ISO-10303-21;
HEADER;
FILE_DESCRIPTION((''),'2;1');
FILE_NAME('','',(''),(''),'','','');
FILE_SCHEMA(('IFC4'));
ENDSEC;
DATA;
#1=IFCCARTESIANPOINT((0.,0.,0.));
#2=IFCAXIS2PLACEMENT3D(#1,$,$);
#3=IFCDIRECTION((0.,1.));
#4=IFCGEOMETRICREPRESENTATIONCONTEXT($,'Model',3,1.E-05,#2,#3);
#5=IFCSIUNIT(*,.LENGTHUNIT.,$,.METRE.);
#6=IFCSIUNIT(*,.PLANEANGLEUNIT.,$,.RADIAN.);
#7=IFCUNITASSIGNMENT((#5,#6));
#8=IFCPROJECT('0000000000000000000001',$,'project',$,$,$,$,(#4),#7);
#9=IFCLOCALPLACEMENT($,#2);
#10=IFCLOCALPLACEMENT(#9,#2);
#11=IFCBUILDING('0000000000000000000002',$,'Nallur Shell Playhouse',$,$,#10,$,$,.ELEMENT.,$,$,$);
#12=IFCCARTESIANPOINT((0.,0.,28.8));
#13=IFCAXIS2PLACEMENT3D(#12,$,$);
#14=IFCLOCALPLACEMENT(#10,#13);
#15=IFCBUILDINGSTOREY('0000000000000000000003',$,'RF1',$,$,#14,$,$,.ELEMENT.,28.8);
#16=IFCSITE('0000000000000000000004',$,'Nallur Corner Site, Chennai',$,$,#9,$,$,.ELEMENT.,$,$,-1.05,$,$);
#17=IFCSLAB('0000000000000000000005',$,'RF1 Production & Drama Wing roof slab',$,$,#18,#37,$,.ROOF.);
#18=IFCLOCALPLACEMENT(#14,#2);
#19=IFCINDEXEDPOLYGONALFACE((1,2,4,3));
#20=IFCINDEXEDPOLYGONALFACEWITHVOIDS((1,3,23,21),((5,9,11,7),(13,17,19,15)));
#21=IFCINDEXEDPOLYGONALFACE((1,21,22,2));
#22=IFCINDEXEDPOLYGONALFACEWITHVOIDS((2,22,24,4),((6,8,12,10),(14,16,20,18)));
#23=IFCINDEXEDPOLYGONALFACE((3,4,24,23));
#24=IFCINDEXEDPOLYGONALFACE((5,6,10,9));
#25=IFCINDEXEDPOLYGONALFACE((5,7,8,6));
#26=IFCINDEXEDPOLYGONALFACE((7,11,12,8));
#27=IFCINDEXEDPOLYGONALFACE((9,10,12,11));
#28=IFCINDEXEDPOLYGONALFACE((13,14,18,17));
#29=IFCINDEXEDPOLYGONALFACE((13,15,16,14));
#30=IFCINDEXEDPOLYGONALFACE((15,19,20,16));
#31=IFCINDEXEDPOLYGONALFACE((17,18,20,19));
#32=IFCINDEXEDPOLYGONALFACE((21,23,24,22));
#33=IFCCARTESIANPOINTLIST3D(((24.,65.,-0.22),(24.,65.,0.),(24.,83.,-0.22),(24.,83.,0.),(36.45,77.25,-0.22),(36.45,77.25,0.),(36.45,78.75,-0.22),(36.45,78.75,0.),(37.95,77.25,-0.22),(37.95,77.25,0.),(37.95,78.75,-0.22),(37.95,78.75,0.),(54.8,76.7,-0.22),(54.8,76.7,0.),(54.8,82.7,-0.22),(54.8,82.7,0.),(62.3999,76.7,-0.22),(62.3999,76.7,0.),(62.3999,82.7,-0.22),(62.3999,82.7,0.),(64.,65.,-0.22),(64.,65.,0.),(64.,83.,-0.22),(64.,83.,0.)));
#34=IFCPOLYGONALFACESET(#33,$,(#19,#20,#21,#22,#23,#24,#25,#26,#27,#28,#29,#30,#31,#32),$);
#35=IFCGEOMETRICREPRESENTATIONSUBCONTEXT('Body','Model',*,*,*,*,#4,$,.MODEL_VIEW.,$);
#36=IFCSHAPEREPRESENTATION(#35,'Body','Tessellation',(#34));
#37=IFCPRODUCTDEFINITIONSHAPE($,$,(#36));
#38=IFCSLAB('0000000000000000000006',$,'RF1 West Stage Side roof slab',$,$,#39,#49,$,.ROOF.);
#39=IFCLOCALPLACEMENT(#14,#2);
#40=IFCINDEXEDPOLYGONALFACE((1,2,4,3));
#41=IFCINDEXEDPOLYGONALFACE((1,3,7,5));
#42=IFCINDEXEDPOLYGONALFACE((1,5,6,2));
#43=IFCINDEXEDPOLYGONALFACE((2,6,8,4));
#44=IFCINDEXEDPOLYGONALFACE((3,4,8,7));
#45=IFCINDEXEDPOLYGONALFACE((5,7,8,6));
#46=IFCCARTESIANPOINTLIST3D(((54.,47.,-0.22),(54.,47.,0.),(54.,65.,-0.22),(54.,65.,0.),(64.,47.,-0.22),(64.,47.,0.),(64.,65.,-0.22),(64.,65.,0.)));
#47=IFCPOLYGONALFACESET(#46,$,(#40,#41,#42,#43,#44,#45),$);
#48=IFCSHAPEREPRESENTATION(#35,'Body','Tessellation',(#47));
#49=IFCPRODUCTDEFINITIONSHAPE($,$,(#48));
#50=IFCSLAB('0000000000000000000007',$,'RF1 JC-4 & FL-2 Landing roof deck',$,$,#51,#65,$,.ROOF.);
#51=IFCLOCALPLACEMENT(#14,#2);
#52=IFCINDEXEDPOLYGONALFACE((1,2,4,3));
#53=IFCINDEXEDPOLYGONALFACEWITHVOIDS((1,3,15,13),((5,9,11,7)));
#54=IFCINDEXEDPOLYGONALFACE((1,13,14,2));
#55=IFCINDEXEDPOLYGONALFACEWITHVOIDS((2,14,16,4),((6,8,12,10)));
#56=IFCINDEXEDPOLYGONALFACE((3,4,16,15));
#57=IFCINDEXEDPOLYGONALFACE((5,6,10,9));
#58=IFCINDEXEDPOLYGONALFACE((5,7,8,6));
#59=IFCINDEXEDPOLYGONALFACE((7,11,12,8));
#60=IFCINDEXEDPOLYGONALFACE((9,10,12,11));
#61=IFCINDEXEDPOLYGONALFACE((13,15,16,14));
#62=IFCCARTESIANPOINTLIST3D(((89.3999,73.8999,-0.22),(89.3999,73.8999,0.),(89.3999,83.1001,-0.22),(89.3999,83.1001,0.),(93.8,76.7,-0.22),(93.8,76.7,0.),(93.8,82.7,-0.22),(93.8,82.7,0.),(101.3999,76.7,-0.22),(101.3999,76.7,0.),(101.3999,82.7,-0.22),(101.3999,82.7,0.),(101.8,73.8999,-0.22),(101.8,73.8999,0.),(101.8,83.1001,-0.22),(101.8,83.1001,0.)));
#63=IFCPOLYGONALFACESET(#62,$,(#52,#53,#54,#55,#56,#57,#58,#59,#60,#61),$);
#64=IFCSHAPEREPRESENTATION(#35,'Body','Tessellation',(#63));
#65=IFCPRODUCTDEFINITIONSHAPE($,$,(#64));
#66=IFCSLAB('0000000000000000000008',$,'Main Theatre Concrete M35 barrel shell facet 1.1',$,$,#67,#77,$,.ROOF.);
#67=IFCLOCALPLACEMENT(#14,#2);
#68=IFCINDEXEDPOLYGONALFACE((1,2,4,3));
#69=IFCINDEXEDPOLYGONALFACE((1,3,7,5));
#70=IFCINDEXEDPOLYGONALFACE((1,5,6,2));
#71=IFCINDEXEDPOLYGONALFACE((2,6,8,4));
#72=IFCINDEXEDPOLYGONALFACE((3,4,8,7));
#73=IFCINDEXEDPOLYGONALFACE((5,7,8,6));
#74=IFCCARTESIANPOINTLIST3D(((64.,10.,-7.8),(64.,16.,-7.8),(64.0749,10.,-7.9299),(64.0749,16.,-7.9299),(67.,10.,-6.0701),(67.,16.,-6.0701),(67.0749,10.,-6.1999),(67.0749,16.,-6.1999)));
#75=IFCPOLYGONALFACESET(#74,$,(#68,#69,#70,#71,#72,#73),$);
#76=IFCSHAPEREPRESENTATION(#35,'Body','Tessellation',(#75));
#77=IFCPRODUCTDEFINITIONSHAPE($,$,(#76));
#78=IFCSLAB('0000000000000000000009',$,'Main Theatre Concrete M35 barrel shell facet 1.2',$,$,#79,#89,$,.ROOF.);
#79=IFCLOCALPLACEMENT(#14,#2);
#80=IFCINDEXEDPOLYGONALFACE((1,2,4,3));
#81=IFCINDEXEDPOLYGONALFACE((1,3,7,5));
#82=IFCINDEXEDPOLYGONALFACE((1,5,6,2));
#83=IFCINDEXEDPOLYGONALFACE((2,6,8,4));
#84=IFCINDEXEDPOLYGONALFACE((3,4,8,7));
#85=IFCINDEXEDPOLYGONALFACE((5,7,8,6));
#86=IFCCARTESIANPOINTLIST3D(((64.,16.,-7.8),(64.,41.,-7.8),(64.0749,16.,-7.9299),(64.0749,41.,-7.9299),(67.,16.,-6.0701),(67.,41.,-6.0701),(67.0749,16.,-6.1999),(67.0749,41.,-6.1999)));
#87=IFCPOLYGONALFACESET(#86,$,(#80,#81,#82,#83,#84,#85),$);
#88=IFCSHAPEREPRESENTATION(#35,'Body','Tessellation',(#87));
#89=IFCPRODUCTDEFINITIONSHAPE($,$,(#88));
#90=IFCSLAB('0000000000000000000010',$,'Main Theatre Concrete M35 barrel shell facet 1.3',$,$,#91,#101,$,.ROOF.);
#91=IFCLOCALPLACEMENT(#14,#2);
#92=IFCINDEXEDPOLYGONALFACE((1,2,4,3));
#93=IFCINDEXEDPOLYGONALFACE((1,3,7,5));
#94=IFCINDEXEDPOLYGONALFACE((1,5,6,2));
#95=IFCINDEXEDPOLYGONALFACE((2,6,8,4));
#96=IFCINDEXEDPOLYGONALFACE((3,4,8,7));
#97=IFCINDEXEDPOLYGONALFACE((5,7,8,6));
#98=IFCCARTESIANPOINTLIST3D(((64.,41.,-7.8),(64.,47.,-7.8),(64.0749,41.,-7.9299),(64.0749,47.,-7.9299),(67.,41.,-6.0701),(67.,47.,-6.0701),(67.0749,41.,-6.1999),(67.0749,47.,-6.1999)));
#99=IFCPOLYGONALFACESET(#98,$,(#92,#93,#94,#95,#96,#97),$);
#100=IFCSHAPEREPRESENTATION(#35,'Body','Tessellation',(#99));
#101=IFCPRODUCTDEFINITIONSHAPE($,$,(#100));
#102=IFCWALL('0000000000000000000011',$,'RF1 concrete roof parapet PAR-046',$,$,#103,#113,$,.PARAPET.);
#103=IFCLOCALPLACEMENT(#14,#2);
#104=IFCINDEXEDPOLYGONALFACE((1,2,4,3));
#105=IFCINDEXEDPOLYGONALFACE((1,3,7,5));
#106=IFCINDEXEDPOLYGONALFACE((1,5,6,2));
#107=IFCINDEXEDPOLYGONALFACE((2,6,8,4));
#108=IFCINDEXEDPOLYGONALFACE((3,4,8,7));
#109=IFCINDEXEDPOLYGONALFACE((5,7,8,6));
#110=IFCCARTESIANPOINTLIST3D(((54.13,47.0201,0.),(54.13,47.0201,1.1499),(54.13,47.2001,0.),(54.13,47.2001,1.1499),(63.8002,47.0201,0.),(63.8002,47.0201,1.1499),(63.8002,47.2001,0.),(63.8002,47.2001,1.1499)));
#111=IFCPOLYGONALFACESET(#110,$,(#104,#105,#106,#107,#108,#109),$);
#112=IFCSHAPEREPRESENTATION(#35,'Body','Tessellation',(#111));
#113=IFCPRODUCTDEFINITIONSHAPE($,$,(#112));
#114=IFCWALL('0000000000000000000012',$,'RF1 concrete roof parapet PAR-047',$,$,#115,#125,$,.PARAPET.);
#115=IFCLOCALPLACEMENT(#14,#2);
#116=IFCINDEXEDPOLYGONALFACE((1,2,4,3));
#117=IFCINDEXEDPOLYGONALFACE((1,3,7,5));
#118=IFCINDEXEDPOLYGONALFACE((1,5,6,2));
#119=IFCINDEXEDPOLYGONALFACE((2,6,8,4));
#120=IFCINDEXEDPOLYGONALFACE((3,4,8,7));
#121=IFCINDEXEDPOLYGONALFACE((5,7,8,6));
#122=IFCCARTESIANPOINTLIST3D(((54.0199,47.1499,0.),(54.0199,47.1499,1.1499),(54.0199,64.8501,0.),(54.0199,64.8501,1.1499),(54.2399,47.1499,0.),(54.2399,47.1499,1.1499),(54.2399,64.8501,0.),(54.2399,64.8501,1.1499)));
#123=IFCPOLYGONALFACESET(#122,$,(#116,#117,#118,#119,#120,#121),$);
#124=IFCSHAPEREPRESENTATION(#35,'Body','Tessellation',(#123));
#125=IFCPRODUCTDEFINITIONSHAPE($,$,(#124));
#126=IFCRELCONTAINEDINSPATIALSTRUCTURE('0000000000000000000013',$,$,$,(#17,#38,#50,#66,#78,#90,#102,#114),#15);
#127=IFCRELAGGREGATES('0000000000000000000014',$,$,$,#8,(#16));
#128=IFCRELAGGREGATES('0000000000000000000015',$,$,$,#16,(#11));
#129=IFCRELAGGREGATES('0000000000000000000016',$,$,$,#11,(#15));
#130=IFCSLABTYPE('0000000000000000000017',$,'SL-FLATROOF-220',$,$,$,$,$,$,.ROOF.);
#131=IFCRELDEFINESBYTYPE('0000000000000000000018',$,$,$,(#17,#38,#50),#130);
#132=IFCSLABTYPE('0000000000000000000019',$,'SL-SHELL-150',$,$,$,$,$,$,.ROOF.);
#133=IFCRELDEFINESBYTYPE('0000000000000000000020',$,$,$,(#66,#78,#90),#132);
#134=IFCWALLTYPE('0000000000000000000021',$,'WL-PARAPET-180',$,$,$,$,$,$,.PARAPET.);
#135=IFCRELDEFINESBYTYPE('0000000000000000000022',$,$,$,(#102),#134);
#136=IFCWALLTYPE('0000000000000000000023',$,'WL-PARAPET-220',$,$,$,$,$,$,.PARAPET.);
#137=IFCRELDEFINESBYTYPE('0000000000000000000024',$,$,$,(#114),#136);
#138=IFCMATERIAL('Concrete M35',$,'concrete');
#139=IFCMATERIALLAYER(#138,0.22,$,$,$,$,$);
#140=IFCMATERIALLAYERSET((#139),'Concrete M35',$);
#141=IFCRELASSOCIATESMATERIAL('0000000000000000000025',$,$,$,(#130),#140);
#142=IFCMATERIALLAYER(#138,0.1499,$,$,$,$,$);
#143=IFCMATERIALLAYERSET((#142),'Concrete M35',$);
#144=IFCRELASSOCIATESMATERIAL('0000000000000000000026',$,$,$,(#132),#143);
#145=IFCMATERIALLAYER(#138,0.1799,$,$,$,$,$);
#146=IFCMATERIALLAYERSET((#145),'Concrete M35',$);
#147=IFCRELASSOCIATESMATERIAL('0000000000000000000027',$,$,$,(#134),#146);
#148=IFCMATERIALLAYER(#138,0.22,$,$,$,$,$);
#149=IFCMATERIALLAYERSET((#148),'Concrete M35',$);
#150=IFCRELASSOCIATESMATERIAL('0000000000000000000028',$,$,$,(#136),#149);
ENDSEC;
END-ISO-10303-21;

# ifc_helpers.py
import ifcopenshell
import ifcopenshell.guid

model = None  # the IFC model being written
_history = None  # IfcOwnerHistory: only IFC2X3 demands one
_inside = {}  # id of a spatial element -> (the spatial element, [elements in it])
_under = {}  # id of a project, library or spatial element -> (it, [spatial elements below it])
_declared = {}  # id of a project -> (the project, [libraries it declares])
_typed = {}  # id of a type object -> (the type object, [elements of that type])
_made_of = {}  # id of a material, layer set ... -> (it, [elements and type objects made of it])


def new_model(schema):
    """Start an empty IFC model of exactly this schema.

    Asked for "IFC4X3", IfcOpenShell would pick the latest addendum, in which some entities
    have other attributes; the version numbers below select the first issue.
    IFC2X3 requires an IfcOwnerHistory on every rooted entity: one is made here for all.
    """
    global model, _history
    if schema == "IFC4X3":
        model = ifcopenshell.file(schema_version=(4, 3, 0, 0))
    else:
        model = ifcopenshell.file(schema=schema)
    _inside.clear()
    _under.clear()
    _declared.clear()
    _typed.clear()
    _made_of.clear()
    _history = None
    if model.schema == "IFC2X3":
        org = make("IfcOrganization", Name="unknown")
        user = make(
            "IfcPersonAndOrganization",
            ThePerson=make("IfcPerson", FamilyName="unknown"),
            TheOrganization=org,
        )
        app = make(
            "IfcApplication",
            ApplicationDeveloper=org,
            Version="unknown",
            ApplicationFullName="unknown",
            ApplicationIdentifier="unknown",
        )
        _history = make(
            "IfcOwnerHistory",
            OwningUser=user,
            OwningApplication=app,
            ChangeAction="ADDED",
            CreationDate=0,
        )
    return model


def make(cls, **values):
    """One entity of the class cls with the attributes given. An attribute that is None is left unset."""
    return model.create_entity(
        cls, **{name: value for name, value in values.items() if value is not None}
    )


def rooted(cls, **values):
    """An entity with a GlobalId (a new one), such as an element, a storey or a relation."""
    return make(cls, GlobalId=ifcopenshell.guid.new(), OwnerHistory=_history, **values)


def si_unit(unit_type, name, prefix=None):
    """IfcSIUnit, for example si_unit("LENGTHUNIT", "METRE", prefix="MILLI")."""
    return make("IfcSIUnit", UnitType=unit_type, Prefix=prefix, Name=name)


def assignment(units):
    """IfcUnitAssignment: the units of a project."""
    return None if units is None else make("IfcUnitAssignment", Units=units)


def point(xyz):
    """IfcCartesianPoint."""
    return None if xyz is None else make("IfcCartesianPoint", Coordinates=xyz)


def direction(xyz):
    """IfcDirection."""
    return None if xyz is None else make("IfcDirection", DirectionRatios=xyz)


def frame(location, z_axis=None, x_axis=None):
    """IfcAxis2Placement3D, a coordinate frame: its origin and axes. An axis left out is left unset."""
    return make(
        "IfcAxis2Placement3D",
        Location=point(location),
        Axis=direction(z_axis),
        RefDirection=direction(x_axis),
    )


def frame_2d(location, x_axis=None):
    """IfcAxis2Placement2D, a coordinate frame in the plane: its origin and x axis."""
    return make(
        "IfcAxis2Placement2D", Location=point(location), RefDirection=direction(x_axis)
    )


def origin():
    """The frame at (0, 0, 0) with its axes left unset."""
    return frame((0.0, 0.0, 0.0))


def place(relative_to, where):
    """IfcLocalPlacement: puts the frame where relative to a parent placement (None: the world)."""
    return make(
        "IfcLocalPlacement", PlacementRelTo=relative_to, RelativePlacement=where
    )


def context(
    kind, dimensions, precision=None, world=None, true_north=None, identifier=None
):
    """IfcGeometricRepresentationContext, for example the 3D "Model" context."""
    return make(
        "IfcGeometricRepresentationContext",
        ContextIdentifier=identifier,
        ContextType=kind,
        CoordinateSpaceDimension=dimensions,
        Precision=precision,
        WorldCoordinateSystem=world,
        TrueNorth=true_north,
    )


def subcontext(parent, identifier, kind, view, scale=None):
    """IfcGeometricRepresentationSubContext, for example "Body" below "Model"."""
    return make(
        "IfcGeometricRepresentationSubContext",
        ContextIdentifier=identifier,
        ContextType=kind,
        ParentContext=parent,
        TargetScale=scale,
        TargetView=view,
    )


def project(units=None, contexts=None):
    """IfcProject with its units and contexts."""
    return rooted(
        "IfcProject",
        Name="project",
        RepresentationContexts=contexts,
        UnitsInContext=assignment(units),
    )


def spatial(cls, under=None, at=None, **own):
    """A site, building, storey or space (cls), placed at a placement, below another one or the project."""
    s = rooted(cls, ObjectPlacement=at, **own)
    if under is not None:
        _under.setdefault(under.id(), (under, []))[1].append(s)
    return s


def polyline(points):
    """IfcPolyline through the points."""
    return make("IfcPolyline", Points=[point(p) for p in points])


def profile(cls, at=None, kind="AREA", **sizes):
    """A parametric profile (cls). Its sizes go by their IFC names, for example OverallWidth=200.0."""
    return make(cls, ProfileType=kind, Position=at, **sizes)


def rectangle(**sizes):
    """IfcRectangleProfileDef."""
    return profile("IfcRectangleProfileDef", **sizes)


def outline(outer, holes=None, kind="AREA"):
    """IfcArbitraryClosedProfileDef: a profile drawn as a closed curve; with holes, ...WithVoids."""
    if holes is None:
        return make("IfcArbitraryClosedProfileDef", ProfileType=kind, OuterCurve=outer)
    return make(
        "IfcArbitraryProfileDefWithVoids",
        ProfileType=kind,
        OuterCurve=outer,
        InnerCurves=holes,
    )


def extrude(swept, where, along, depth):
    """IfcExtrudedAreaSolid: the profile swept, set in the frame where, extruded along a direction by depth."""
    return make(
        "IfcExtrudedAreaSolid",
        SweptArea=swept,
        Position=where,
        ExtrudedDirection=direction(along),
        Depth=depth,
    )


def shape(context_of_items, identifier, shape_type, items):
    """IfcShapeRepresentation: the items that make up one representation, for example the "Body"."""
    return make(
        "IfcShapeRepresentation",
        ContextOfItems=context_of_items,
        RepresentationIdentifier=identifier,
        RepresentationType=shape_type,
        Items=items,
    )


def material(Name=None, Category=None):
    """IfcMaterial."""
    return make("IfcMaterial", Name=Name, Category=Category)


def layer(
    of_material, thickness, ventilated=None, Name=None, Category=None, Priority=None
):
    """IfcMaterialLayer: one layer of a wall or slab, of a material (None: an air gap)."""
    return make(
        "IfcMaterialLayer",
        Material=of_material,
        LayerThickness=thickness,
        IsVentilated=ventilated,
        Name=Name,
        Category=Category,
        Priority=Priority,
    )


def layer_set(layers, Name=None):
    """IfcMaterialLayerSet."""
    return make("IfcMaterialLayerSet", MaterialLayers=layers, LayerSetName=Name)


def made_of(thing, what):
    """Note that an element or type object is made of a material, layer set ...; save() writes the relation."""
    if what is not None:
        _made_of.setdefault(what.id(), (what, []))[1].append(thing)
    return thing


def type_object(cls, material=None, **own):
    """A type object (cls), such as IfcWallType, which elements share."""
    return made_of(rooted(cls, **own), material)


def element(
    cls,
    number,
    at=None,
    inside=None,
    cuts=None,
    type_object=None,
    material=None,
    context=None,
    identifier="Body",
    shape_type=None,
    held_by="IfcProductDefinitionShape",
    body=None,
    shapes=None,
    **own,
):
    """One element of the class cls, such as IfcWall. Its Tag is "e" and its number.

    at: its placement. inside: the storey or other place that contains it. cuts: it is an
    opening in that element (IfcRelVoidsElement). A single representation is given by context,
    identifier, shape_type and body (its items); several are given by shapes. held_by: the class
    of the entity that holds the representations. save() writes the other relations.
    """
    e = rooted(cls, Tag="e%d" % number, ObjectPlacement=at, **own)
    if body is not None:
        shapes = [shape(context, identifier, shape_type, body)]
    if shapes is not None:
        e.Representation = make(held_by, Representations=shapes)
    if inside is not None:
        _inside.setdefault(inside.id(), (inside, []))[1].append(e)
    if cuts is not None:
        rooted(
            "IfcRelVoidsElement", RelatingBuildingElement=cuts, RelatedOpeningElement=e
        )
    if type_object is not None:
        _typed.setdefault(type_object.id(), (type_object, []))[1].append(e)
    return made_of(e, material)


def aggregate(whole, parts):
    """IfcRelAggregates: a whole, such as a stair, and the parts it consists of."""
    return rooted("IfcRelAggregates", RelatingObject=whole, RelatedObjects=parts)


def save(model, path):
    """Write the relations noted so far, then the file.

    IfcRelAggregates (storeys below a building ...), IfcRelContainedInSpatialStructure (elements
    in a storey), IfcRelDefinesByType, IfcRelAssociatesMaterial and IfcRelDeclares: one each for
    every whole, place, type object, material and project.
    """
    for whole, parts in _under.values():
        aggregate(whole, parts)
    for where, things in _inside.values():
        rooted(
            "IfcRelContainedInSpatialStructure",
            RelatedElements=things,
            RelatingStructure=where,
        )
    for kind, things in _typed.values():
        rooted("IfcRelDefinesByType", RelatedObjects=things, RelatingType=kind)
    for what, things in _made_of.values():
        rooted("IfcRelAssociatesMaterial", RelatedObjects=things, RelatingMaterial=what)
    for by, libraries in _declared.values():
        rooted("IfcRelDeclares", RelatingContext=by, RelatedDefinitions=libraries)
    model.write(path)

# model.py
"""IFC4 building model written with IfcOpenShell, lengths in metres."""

from ifc_helpers import new_model, si_unit, direction, frame, frame_2d, origin, place, context, subcontext, project, spatial, polyline, rectangle, outline, extrude, material, layer, layer_set, type_object, element, save


model = new_model("IFC4")

# Units and contexts
model_context = context("Model", 3, precision=1e-05, world=origin(), true_north=direction((0.0, 1.0)))
body_context = subcontext(model_context, "Body", "Model", "MODEL_VIEW")
ifc_project = project(units=[si_unit("LENGTHUNIT", "METRE"), si_unit("PLANEANGLEUNIT", "RADIAN")], contexts=[model_context])

# Site, building, storey
site_placement = place(None, origin())
site = spatial("IfcSite", under=ifc_project, at=site_placement, Name="Nallur Corner Site, Chennai", CompositionType="ELEMENT", RefElevation=-1.05)
building_placement = place(site_placement, origin())
building = spatial("IfcBuilding", under=site, at=building_placement, Name="Nallur Shell Playhouse", CompositionType="ELEMENT")
storey_placement = place(building_placement, frame((0.0, 0.0, 28.8)))
storey = spatial("IfcBuildingStorey", under=building, at=storey_placement, Name="RF1", CompositionType="ELEMENT", Elevation=28.8)

# Shared definitions
ifc_material_1 = material(Name="Concrete M35", Category="concrete")

# Slabs
ifc_layer_1 = layer(ifc_material_1, 0.22)
ifc_layer_set_1 = layer_set([ifc_layer_1], Name="Concrete M35")
slab_type_1 = type_object("IfcSlabType", Name="SL-FLATROOF-220", PredefinedType="ROOF", material=ifc_layer_set_1)
slab_1_placement = place(storey_placement, frame((0.0, 0.0, -0.22)))
element("IfcSlab", 1, at=slab_1_placement, inside=storey, type_object=slab_type_1, Name="RF1 Production & Drama Wing roof slab", PredefinedType="ROOF", context=body_context, shape_type="SweptSolid", body=[
    extrude(outline(polyline([(24.0, 65.0), (24.0, 83.0), (64.0, 83.0), (64.0, 65.0), (24.0, 65.0)]), holes=[polyline([(37.95, 77.25), (37.95, 78.75), (36.45, 78.75), (36.45, 77.25), (37.95, 77.25)]), polyline([(54.8, 82.7), (54.8, 76.7), (62.3999, 76.7), (62.3999, 82.7), (54.8, 82.7)])]), origin(), (0.0, 0.0, 1.0), 0.22),
])
slab_2_placement = place(storey_placement, frame((0.0, 0.0, -0.22)))
element("IfcSlab", 2, at=slab_2_placement, inside=storey, type_object=slab_type_1, Name="RF1 West Stage Side roof slab", PredefinedType="ROOF", context=body_context, shape_type="SweptSolid", body=[
    extrude(outline(polyline([(54.0, 47.0), (54.0, 65.0), (64.0, 65.0), (64.0, 47.0), (54.0, 47.0)])), origin(), (0.0, 0.0, 1.0), 0.22),
])
slab_3_placement = place(storey_placement, frame((0.0, 0.0, -0.22)))
element("IfcSlab", 3, at=slab_3_placement, inside=storey, type_object=slab_type_1, Name="RF1 JC-4 & FL-2 Landing roof deck", PredefinedType="ROOF", context=body_context, shape_type="SweptSolid", body=[
    extrude(outline(polyline([(89.3999, 73.8999), (89.3999, 83.1001), (101.8, 83.1001), (101.8, 73.8999), (89.3999, 73.8999)]), holes=[polyline([(93.8, 82.7), (93.8, 76.7), (101.3999, 76.7), (101.3999, 82.7), (93.8, 82.7)])]), origin(), (0.0, 0.0, 1.0), 0.22),
])
ifc_layer_2 = layer(ifc_material_1, 0.1499)
ifc_layer_set_2 = layer_set([ifc_layer_2], Name="Concrete M35")
slab_type_2 = type_object("IfcSlabType", Name="SL-SHELL-150", PredefinedType="ROOF", material=ifc_layer_set_2)
slab_4_placement = place(storey_placement, frame((64.0, 10.0, -7.8), z_axis=(-0.499552, 0.0, 0.866284), x_axis=(0.866284, 0.0, 0.499552)))
element("IfcSlab", 4, at=slab_4_placement, inside=storey, type_object=slab_type_2, Name="Main Theatre Concrete M35 barrel shell facet 1.1", PredefinedType="ROOF", context=body_context, shape_type="SweptSolid", body=[
    extrude(outline(polyline([(0.0, 0.0), (3.4631, 0.0), (3.4631, 6.0), (0.0, 6.0), (0.0, 0.0)])), origin(), (0.0, 0.0, -1.0), 0.1499),
])
slab_5_placement = place(storey_placement, frame((64.0, 16.0, -7.8), z_axis=(-0.499552, 0.0, 0.866284), x_axis=(0.866284, 0.0, 0.499552)))
element("IfcSlab", 5, at=slab_5_placement, inside=storey, type_object=slab_type_2, Name="Main Theatre Concrete M35 barrel shell facet 1.2", PredefinedType="ROOF", context=body_context, shape_type="SweptSolid", body=[
    extrude(outline(polyline([(0.0, 0.0), (3.4631, 0.0), (3.4631, 25.0), (0.0, 25.0), (0.0, 0.0)])), origin(), (0.0, 0.0, -1.0), 0.1499),
])
slab_6_placement = place(storey_placement, frame((64.0, 41.0, -7.8), z_axis=(-0.499552, 0.0, 0.866284), x_axis=(0.866284, 0.0, 0.499552)))
element("IfcSlab", 6, at=slab_6_placement, inside=storey, type_object=slab_type_2, Name="Main Theatre Concrete M35 barrel shell facet 1.3", PredefinedType="ROOF", context=body_context, shape_type="SweptSolid", body=[
    extrude(outline(polyline([(0.0, 0.0), (3.4631, 0.0), (3.4631, 6.0), (0.0, 6.0), (0.0, 0.0)])), origin(), (0.0, 0.0, -1.0), 0.1499),
])

# Walls
ifc_layer_3 = layer(ifc_material_1, 0.1799)
ifc_layer_set_3 = layer_set([ifc_layer_3], Name="Concrete M35")
wall_type_1 = type_object("IfcWallType", Name="WL-PARAPET-180", PredefinedType="PARAPET", material=ifc_layer_set_3)
wall_1_placement = place(storey_placement, frame((63.8, 47.1101, 0.0), z_axis=(0.0, 0.0, 1.0), x_axis=(-1.0, 0.0, 0.0)))
element("IfcWall", 7, at=wall_1_placement, inside=storey, type_object=wall_type_1, Name="RF1 concrete roof parapet PAR-046", PredefinedType="PARAPET", context=body_context, shape_type="SweptSolid", body=[
    extrude(rectangle(XDim=9.6702, YDim=0.1799, at=frame_2d((4.835, 0.0))), origin(), (0.0, 0.0, 1.0), 1.1499),
])
ifc_layer_4 = layer(ifc_material_1, 0.22)
ifc_layer_set_4 = layer_set([ifc_layer_4], Name="Concrete M35")
wall_type_2 = type_object("IfcWallType", Name="WL-PARAPET-220", PredefinedType="PARAPET", material=ifc_layer_set_4)
wall_2_placement = place(storey_placement, frame((54.1299, 47.1499, 0.0), z_axis=(0.0, 0.0, 1.0), x_axis=(0.0, 1.0, 0.0)))
element("IfcWall", 8, at=wall_2_placement, inside=storey, type_object=wall_type_2, Name="RF1 concrete roof parapet PAR-047", PredefinedType="PARAPET", context=body_context, shape_type="SweptSolid", body=[
    extrude(rectangle(XDim=17.7002, YDim=0.22, at=frame_2d((8.8501, 0.0))), origin(), (0.0, 0.0, 1.0), 1.1499),
])

save(model, "model.ifc")
